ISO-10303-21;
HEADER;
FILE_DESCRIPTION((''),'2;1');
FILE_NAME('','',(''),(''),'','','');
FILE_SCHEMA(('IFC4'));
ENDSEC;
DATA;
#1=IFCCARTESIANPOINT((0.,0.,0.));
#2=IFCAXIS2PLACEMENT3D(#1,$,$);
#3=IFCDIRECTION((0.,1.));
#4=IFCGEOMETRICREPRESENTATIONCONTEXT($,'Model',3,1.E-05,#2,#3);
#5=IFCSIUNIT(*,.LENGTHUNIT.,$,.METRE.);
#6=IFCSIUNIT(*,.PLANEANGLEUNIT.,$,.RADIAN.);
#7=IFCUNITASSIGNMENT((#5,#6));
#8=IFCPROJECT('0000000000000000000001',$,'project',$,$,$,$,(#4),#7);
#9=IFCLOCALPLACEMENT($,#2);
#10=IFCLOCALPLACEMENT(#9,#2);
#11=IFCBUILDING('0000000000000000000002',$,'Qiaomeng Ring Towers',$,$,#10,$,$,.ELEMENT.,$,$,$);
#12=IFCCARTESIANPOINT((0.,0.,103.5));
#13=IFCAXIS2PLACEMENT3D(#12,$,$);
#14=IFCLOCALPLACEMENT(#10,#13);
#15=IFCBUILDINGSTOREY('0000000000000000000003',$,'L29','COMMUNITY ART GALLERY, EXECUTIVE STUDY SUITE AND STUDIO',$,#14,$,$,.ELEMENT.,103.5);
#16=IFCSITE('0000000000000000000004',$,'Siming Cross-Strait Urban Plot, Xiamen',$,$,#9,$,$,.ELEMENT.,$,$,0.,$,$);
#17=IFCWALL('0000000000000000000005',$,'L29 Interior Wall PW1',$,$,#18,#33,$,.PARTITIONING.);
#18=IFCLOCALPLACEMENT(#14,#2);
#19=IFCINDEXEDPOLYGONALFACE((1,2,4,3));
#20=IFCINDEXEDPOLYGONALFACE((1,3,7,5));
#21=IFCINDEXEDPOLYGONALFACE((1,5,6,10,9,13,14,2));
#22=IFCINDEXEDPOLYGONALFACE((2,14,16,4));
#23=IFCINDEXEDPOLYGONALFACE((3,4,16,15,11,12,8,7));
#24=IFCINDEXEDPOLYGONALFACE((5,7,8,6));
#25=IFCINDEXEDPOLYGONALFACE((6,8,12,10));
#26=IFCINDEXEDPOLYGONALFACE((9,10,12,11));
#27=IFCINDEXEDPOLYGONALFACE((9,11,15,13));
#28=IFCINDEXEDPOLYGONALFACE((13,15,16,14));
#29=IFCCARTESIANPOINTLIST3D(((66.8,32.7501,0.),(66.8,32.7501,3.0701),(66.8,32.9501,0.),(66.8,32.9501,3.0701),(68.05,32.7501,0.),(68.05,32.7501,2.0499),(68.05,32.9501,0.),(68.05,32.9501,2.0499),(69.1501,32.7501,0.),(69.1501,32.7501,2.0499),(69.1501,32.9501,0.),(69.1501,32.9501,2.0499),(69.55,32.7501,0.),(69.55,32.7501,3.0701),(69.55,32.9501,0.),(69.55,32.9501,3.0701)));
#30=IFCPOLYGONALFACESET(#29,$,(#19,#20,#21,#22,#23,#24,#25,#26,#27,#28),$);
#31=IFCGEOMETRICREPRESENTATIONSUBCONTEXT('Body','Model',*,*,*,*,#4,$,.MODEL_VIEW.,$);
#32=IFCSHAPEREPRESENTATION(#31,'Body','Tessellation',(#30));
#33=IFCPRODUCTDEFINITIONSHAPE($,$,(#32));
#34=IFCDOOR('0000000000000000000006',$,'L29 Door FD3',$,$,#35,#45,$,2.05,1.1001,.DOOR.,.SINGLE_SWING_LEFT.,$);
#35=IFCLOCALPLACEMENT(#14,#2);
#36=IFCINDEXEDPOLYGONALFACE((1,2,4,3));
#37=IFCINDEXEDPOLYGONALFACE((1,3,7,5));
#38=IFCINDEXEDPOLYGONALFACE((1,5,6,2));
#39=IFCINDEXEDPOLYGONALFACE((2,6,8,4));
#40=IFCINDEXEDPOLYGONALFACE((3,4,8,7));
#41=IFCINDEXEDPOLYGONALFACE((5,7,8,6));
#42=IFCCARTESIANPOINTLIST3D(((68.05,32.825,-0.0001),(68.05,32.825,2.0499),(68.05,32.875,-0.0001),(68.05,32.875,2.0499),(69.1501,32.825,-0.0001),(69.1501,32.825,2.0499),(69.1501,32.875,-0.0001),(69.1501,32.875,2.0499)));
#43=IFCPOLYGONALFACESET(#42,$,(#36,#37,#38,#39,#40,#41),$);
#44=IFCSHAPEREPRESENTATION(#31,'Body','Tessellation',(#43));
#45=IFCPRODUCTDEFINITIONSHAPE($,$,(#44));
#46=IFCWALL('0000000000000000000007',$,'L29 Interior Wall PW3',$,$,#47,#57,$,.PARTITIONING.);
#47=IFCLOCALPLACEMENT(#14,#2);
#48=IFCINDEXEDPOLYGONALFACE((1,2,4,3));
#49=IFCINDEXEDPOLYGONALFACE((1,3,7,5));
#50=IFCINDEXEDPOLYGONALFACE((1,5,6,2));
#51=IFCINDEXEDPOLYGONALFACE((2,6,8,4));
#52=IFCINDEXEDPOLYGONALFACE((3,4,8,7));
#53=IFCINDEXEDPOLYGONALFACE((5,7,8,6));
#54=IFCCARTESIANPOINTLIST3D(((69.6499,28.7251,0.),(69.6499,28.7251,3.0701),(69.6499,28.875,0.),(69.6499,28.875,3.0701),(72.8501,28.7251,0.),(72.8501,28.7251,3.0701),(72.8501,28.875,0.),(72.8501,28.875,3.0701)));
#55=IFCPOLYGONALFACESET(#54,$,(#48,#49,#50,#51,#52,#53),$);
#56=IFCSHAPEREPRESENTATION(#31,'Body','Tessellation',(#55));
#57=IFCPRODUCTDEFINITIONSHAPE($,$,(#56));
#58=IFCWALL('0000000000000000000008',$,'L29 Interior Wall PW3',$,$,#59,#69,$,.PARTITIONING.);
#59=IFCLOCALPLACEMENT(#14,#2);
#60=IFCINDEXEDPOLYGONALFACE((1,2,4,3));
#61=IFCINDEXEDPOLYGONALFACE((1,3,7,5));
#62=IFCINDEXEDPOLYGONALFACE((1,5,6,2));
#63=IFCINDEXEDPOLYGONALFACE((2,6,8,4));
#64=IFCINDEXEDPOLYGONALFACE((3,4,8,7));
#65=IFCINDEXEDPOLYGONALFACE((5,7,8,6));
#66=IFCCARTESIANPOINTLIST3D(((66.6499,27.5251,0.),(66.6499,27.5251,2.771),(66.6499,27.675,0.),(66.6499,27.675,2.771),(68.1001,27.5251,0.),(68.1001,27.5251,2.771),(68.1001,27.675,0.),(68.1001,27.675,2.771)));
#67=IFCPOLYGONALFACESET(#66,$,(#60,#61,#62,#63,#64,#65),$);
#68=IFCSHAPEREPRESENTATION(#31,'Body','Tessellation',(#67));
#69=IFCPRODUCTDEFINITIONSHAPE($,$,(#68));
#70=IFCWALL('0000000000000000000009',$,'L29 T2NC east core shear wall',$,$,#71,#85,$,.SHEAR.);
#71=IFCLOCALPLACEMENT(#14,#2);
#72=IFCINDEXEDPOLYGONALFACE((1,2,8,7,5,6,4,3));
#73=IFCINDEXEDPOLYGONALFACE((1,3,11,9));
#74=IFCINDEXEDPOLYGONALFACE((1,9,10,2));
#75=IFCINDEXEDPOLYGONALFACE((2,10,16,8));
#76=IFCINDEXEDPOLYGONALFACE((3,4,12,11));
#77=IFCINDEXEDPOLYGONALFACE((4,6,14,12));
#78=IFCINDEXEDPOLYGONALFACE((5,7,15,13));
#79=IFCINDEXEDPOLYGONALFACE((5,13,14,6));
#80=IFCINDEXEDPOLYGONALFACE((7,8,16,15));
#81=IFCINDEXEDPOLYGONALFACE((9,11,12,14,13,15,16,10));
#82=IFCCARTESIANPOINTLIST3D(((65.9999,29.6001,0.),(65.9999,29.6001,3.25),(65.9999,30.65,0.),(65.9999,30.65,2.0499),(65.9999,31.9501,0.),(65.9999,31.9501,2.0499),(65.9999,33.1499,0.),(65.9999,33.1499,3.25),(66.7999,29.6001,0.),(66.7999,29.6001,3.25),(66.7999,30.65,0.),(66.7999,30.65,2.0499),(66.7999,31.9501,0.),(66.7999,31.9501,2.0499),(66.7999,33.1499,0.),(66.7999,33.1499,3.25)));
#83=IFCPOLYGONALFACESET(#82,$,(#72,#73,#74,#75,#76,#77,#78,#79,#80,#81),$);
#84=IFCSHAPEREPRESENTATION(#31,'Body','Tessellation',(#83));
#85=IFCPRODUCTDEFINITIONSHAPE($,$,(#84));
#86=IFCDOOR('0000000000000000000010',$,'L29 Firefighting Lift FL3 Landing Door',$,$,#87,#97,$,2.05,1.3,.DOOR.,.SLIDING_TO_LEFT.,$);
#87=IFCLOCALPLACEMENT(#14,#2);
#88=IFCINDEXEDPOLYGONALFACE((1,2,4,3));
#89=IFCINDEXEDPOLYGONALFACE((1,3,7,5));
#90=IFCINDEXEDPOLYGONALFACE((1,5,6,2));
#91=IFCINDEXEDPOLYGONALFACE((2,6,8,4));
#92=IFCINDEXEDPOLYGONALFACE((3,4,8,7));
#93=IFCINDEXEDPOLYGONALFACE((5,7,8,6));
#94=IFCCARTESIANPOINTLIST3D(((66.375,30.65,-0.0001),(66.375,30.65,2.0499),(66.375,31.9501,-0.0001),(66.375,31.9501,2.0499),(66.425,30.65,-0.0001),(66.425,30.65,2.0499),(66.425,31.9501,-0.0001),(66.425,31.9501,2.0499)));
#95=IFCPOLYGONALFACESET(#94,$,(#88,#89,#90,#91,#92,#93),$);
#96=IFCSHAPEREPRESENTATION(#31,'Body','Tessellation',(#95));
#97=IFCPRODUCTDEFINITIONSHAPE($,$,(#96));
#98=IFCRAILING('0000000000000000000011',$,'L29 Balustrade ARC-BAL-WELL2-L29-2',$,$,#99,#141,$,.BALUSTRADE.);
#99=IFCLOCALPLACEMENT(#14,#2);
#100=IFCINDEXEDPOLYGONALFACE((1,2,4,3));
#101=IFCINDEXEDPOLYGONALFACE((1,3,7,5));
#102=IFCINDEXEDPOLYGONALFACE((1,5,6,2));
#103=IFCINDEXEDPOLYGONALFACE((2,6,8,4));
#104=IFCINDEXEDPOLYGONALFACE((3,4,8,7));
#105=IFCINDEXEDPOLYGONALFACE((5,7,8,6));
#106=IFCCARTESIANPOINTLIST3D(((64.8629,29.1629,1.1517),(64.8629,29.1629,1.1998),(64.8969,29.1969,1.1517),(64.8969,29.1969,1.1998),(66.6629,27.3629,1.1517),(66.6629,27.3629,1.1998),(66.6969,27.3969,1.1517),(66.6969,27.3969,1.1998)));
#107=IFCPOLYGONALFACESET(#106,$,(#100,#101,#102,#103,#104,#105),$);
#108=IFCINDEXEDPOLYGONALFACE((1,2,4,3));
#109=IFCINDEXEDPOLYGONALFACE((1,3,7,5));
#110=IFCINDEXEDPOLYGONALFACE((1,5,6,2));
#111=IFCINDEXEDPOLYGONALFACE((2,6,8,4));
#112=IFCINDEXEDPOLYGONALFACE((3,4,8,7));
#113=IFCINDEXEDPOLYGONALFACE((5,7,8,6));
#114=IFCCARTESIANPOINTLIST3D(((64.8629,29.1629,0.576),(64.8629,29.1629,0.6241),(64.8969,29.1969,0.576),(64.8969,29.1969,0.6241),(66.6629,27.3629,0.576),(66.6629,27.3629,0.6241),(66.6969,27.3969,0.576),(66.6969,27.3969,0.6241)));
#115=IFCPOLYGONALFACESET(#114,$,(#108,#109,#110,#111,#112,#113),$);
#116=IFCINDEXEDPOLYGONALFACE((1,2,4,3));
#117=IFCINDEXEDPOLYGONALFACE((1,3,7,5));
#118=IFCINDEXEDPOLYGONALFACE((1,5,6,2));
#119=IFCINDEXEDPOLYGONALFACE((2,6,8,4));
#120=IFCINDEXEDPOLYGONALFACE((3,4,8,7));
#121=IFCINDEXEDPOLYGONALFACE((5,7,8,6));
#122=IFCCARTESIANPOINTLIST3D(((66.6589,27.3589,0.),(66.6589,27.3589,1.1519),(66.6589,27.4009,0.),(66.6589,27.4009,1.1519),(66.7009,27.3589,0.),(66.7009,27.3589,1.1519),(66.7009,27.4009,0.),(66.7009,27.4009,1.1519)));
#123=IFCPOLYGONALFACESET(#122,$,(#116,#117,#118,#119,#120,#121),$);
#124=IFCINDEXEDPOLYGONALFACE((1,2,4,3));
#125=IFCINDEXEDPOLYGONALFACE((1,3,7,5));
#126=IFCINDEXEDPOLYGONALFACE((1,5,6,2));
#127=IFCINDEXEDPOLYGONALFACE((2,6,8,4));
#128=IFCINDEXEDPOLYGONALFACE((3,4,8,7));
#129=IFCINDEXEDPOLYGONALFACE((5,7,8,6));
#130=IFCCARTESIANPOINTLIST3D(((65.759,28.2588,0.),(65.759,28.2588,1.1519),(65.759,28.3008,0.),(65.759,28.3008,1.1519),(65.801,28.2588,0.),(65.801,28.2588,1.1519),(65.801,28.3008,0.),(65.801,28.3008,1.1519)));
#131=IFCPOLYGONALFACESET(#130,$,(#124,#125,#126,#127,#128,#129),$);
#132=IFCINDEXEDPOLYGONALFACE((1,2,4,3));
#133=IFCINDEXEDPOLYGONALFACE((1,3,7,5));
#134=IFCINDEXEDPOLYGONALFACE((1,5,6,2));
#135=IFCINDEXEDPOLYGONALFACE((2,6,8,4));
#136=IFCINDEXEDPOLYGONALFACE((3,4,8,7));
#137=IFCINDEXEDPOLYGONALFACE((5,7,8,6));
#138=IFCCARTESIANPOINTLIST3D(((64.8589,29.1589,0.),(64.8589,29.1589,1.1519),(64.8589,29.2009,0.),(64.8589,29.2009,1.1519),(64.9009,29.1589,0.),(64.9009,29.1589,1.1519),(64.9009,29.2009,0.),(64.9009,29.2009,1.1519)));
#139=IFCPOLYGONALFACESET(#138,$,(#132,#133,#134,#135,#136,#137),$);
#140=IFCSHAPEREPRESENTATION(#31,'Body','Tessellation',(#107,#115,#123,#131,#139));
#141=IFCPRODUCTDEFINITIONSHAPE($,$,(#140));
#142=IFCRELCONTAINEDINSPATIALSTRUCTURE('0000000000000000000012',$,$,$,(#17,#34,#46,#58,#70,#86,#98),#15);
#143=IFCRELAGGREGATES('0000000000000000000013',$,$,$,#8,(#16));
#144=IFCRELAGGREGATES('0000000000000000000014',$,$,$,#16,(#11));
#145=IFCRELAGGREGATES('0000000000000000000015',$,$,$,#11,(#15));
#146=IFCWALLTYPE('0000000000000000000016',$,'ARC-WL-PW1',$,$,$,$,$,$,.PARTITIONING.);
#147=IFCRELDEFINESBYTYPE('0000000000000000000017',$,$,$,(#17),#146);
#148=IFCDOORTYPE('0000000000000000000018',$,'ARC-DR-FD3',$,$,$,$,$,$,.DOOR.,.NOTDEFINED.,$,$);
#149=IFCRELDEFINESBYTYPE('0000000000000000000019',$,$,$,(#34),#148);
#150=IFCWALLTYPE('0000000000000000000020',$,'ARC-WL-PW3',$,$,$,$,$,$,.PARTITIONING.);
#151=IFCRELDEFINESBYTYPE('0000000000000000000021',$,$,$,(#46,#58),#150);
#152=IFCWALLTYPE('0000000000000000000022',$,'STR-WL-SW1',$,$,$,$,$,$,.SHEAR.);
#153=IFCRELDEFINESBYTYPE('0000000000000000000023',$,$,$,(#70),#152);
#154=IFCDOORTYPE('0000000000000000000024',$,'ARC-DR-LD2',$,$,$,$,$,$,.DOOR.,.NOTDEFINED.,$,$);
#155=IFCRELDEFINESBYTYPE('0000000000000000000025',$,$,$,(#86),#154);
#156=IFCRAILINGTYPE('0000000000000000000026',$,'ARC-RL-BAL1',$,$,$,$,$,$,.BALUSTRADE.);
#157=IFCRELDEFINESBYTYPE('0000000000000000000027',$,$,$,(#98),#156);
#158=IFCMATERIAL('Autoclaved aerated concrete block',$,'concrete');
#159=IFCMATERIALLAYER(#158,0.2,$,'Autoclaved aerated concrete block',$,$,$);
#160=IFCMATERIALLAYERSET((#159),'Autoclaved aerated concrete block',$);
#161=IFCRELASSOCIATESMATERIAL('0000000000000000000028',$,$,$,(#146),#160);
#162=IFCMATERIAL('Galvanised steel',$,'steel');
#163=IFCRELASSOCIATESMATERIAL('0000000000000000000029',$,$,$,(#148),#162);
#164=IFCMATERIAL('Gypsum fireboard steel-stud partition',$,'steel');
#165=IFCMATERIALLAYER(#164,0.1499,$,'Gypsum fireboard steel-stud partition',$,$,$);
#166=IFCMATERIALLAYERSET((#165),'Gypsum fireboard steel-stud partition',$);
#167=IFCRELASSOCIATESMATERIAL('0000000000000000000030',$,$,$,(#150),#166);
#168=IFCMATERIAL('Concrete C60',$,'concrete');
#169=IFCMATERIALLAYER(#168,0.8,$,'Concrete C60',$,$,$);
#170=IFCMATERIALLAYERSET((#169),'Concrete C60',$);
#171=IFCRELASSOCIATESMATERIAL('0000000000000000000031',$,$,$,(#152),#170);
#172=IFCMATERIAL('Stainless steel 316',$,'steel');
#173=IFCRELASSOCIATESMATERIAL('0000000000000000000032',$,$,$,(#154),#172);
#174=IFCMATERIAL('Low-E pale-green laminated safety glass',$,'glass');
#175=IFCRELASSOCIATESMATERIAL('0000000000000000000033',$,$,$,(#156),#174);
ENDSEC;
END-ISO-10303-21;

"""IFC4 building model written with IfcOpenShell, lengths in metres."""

from ifc_helpers import new_model, si_unit, direction, frame, frame_2d, origin, origin_2d, place, context, subcontext, project, spatial, rectangle, extrude, source, transform, mapped, material, layer, layer_set, type_object, element, fill, save


model = new_model("IFC4")

# Units and contexts
model_context = context("Model", 3, precision=1e-05, world=origin(), true_north=direction((0.0, 1.0)))
body_context = subcontext(model_context, "Body", "Model", "MODEL_VIEW")
ifc_project = project(units=[si_unit("LENGTHUNIT", "METRE"), si_unit("PLANEANGLEUNIT", "RADIAN")], contexts=[model_context])

# Site, building, storey
site_placement = place(None, origin())
site = spatial("IfcSite", under=ifc_project, at=site_placement, Name="Siming Cross-Strait Urban Plot, Xiamen", CompositionType="ELEMENT", RefElevation=0.0)
building_placement = place(site_placement, origin())
building = spatial("IfcBuilding", under=site, at=building_placement, Name="Qiaomeng Ring Towers", CompositionType="ELEMENT")
storey_placement = place(building_placement, frame((0.0, 0.0, 103.5)))
storey = spatial("IfcBuildingStorey", under=building, at=storey_placement, Name="L29", Description="COMMUNITY ART GALLERY, EXECUTIVE STUDY SUITE AND STUDIO", CompositionType="ELEMENT", Elevation=103.5)

# Shared definitions
ifc_material_1 = material(Name="Autoclaved aerated concrete block", Category="concrete")
ifc_layer_1 = layer(ifc_material_1, 0.2, Name="Autoclaved aerated concrete block")
ifc_layer_set_1 = layer_set([ifc_layer_1], Name="Autoclaved aerated concrete block")
wall_type_1 = type_object("IfcWallType", Name="ARC-WL-PW1", PredefinedType="PARTITIONING", material=ifc_layer_set_1)

# Wall, opening, door
wall_1_placement = place(storey_placement, frame((66.8, 32.8501, 0.0), z_axis=(0.0, 0.0, 1.0), x_axis=(1.0, 0.0, 0.0)))
wall_1 = element("IfcWall", 1, at=wall_1_placement, inside=storey, type_object=wall_type_1, Name="L29 Interior Wall PW1", PredefinedType="PARTITIONING", context=body_context, shape_type="SweptSolid", body=[
    extrude(rectangle(XDim=2.75, YDim=0.2, at=frame_2d((1.375, 0.0))), origin(), (0.0, 0.0, 1.0), 3.0701),
])
opening_1_placement = place(wall_1_placement, frame((1.25, 0.0, 0.0)))
opening_1 = element("IfcOpeningElement", 2, at=opening_1_placement, cuts=wall_1, PredefinedType="OPENING", context=body_context, shape_type="SweptSolid", body=[
    extrude(rectangle(XDim=1.1001, YDim=2.05, at=frame_2d((0.55, 1.0249))), frame((0.0, 0.1099, 0.0), z_axis=(0.0, -1.0, 0.0), x_axis=(1.0, 0.0, 0.0)), (0.0, 0.0, 1.0), 0.22),
])
ifc_material_2 = material(Name="Galvanised steel", Category="steel")
door_type_1 = type_object("IfcDoorType", Name="ARC-DR-FD3", OperationType="NOTDEFINED", PredefinedType="DOOR", material=ifc_material_2)
shared_shape_1 = source(origin(), body_context, "Body", "SweptSolid", [
    extrude(rectangle(XDim=1.1001, YDim=2.05, at=frame_2d((0.55, 1.0249))), frame((0.0, 0.0249, 0.0), z_axis=(0.0, -1.0, 0.0), x_axis=(1.0, 0.0, 0.0)), (0.0, 0.0, 1.0), 0.05),
])
door_1_placement = place(opening_1_placement, origin())
door_1 = element("IfcDoor", 3, at=door_1_placement, inside=storey, type_object=door_type_1, Name="L29 Door FD3", OperationType="SINGLE_SWING_LEFT", OverallHeight=2.05, OverallWidth=1.1001, PredefinedType="DOOR", context=body_context, shape_type="MappedRepresentation", body=[
    mapped(shared_shape_1, transform((0.0, 0.0, 0.0), x_axis=(1.0, 0.0, 0.0), y_axis=(0.0, 1.0, 0.0), z_axis=(0.0, 0.0, 1.0), scale=1.0)),
])
fill(opening_1, door_1)

# Walls
ifc_material_3 = material(Name="Gypsum fireboard steel-stud partition", Category="steel")
ifc_layer_2 = layer(ifc_material_3, 0.1499, Name="Gypsum fireboard steel-stud partition")
ifc_layer_set_2 = layer_set([ifc_layer_2], Name="Gypsum fireboard steel-stud partition")
wall_type_2 = type_object("IfcWallType", Name="ARC-WL-PW3", PredefinedType="PARTITIONING", material=ifc_layer_set_2)
wall_2_placement = place(storey_placement, frame((69.6499, 28.8, 0.0), z_axis=(0.0, 0.0, 1.0), x_axis=(1.0, 0.0, 0.0)))
element("IfcWall", 4, at=wall_2_placement, inside=storey, type_object=wall_type_2, Name="L29 Interior Wall PW3", PredefinedType="PARTITIONING", context=body_context, shape_type="SweptSolid", body=[
    extrude(rectangle(XDim=3.2002, YDim=0.1499, at=frame_2d((1.6001, 0.0))), origin(), (0.0, 0.0, 1.0), 3.0701),
])
wall_3_placement = place(storey_placement, frame((66.6499, 27.6001, 0.0), z_axis=(0.0, 0.0, 1.0), x_axis=(1.0, 0.0, 0.0)))
element("IfcWall", 5, at=wall_3_placement, inside=storey, type_object=wall_type_2, Name="L29 Interior Wall PW3", PredefinedType="PARTITIONING", context=body_context, shape_type="SweptSolid", body=[
    extrude(rectangle(XDim=1.4502, YDim=0.1499, at=frame_2d((0.7251, 0.0))), origin(), (0.0, 0.0, 1.0), 2.771),
])

# Wall, opening, door
ifc_material_4 = material(Name="Concrete C60", Category="concrete")
ifc_layer_3 = layer(ifc_material_4, 0.8, Name="Concrete C60")
ifc_layer_set_3 = layer_set([ifc_layer_3], Name="Concrete C60")
wall_type_3 = type_object("IfcWallType", Name="STR-WL-SW1", PredefinedType="SHEAR", material=ifc_layer_set_3)
wall_4_placement = place(storey_placement, frame((66.3999, 29.6001, 0.0), z_axis=(0.0, 0.0, 1.0), x_axis=(0.0, 1.0, 0.0)))
wall_4 = element("IfcWall", 6, at=wall_4_placement, inside=storey, type_object=wall_type_3, Name="L29 T2NC east core shear wall", PredefinedType="SHEAR", context=body_context, shape_type="SweptSolid", body=[
    extrude(rectangle(XDim=3.5498, YDim=0.8, at=frame_2d((1.7749, 0.0))), origin(), (0.0, 0.0, 1.0), 3.25),
])
opening_2_placement = place(wall_4_placement, frame((1.05, 0.0, 0.0)))
opening_2 = element("IfcOpeningElement", 7, at=opening_2_placement, cuts=wall_4, PredefinedType="OPENING", context=body_context, shape_type="SweptSolid", body=[
    extrude(rectangle(XDim=1.3, YDim=2.05, at=frame_2d((0.6499, 1.0249))), frame((0.0, 0.4099, 0.0), z_axis=(0.0, -1.0, 0.0), x_axis=(1.0, 0.0, 0.0)), (0.0, 0.0, 1.0), 0.8201),
])
ifc_material_5 = material(Name="Stainless steel 316", Category="steel")
door_type_2 = type_object("IfcDoorType", Name="ARC-DR-LD2", OperationType="NOTDEFINED", PredefinedType="DOOR", material=ifc_material_5)
shared_shape_2 = source(origin(), body_context, "Body", "SweptSolid", [
    extrude(rectangle(XDim=1.3, YDim=2.05, at=frame_2d((0.6499, 1.0249))), frame((0.0, 0.0249, 0.0), z_axis=(0.0, -1.0, 0.0), x_axis=(1.0, 0.0, 0.0)), (0.0, 0.0, 1.0), 0.05),
])
door_2_placement = place(opening_2_placement, origin())
door_2 = element("IfcDoor", 8, at=door_2_placement, inside=storey, type_object=door_type_2, Name="L29 Firefighting Lift FL3 Landing Door", OperationType="SLIDING_TO_LEFT", OverallHeight=2.05, OverallWidth=1.3, PredefinedType="DOOR", context=body_context, shape_type="MappedRepresentation", body=[
    mapped(shared_shape_2, transform((0.0, 0.0, 0.0), x_axis=(1.0, 0.0, 0.0), y_axis=(0.0, 1.0, 0.0), z_axis=(0.0, 0.0, 1.0), scale=1.0)),
])
fill(opening_2, door_2)

# Railing
ifc_material_6 = material(Name="Low-E pale-green laminated safety glass", Category="glass")
railing_type = type_object("IfcRailingType", Name="ARC-RL-BAL1", PredefinedType="BALUSTRADE", material=ifc_material_6)
railing_1_placement = place(storey_placement, frame((66.6799, 27.3799, 0.0)))
element("IfcRailing", 9, at=railing_1_placement, inside=storey, type_object=railing_type, Name="L29 Balustrade ARC-BAL-WELL2-L29-2", PredefinedType="BALUSTRADE", context=body_context, shape_type="SweptSolid", body=[
    extrude(rectangle(XDim=0.0481, YDim=0.0481, at=origin_2d()), frame((0.0, 0.0, 1.1758), z_axis=(-0.707107, 0.707107, 0.0), x_axis=(-0.707107, -0.707107, 0.0)), (0.0, 0.0, 1.0), 2.5457),
    extrude(rectangle(XDim=0.0481, YDim=0.0481, at=origin_2d()), frame((0.0, 0.0, 0.6001), z_axis=(-0.707107, 0.707107, 0.0), x_axis=(-0.707107, -0.707107, 0.0)), (0.0, 0.0, 1.0), 2.5457),
    extrude(rectangle(XDim=0.042, YDim=0.042, at=origin_2d()), origin(), (0.0, 0.0, 1.0), 1.1519),
    extrude(rectangle(XDim=0.042, YDim=0.042, at=origin_2d()), frame((-0.8999, 0.8999, 0.0)), (0.0, 0.0, 1.0), 1.1519),
    extrude(rectangle(XDim=0.042, YDim=0.042, at=origin_2d()), frame((-1.8, 1.8, 0.0)), (0.0, 0.0, 1.0), 1.1519),
])

save(model, "model.ifc")
